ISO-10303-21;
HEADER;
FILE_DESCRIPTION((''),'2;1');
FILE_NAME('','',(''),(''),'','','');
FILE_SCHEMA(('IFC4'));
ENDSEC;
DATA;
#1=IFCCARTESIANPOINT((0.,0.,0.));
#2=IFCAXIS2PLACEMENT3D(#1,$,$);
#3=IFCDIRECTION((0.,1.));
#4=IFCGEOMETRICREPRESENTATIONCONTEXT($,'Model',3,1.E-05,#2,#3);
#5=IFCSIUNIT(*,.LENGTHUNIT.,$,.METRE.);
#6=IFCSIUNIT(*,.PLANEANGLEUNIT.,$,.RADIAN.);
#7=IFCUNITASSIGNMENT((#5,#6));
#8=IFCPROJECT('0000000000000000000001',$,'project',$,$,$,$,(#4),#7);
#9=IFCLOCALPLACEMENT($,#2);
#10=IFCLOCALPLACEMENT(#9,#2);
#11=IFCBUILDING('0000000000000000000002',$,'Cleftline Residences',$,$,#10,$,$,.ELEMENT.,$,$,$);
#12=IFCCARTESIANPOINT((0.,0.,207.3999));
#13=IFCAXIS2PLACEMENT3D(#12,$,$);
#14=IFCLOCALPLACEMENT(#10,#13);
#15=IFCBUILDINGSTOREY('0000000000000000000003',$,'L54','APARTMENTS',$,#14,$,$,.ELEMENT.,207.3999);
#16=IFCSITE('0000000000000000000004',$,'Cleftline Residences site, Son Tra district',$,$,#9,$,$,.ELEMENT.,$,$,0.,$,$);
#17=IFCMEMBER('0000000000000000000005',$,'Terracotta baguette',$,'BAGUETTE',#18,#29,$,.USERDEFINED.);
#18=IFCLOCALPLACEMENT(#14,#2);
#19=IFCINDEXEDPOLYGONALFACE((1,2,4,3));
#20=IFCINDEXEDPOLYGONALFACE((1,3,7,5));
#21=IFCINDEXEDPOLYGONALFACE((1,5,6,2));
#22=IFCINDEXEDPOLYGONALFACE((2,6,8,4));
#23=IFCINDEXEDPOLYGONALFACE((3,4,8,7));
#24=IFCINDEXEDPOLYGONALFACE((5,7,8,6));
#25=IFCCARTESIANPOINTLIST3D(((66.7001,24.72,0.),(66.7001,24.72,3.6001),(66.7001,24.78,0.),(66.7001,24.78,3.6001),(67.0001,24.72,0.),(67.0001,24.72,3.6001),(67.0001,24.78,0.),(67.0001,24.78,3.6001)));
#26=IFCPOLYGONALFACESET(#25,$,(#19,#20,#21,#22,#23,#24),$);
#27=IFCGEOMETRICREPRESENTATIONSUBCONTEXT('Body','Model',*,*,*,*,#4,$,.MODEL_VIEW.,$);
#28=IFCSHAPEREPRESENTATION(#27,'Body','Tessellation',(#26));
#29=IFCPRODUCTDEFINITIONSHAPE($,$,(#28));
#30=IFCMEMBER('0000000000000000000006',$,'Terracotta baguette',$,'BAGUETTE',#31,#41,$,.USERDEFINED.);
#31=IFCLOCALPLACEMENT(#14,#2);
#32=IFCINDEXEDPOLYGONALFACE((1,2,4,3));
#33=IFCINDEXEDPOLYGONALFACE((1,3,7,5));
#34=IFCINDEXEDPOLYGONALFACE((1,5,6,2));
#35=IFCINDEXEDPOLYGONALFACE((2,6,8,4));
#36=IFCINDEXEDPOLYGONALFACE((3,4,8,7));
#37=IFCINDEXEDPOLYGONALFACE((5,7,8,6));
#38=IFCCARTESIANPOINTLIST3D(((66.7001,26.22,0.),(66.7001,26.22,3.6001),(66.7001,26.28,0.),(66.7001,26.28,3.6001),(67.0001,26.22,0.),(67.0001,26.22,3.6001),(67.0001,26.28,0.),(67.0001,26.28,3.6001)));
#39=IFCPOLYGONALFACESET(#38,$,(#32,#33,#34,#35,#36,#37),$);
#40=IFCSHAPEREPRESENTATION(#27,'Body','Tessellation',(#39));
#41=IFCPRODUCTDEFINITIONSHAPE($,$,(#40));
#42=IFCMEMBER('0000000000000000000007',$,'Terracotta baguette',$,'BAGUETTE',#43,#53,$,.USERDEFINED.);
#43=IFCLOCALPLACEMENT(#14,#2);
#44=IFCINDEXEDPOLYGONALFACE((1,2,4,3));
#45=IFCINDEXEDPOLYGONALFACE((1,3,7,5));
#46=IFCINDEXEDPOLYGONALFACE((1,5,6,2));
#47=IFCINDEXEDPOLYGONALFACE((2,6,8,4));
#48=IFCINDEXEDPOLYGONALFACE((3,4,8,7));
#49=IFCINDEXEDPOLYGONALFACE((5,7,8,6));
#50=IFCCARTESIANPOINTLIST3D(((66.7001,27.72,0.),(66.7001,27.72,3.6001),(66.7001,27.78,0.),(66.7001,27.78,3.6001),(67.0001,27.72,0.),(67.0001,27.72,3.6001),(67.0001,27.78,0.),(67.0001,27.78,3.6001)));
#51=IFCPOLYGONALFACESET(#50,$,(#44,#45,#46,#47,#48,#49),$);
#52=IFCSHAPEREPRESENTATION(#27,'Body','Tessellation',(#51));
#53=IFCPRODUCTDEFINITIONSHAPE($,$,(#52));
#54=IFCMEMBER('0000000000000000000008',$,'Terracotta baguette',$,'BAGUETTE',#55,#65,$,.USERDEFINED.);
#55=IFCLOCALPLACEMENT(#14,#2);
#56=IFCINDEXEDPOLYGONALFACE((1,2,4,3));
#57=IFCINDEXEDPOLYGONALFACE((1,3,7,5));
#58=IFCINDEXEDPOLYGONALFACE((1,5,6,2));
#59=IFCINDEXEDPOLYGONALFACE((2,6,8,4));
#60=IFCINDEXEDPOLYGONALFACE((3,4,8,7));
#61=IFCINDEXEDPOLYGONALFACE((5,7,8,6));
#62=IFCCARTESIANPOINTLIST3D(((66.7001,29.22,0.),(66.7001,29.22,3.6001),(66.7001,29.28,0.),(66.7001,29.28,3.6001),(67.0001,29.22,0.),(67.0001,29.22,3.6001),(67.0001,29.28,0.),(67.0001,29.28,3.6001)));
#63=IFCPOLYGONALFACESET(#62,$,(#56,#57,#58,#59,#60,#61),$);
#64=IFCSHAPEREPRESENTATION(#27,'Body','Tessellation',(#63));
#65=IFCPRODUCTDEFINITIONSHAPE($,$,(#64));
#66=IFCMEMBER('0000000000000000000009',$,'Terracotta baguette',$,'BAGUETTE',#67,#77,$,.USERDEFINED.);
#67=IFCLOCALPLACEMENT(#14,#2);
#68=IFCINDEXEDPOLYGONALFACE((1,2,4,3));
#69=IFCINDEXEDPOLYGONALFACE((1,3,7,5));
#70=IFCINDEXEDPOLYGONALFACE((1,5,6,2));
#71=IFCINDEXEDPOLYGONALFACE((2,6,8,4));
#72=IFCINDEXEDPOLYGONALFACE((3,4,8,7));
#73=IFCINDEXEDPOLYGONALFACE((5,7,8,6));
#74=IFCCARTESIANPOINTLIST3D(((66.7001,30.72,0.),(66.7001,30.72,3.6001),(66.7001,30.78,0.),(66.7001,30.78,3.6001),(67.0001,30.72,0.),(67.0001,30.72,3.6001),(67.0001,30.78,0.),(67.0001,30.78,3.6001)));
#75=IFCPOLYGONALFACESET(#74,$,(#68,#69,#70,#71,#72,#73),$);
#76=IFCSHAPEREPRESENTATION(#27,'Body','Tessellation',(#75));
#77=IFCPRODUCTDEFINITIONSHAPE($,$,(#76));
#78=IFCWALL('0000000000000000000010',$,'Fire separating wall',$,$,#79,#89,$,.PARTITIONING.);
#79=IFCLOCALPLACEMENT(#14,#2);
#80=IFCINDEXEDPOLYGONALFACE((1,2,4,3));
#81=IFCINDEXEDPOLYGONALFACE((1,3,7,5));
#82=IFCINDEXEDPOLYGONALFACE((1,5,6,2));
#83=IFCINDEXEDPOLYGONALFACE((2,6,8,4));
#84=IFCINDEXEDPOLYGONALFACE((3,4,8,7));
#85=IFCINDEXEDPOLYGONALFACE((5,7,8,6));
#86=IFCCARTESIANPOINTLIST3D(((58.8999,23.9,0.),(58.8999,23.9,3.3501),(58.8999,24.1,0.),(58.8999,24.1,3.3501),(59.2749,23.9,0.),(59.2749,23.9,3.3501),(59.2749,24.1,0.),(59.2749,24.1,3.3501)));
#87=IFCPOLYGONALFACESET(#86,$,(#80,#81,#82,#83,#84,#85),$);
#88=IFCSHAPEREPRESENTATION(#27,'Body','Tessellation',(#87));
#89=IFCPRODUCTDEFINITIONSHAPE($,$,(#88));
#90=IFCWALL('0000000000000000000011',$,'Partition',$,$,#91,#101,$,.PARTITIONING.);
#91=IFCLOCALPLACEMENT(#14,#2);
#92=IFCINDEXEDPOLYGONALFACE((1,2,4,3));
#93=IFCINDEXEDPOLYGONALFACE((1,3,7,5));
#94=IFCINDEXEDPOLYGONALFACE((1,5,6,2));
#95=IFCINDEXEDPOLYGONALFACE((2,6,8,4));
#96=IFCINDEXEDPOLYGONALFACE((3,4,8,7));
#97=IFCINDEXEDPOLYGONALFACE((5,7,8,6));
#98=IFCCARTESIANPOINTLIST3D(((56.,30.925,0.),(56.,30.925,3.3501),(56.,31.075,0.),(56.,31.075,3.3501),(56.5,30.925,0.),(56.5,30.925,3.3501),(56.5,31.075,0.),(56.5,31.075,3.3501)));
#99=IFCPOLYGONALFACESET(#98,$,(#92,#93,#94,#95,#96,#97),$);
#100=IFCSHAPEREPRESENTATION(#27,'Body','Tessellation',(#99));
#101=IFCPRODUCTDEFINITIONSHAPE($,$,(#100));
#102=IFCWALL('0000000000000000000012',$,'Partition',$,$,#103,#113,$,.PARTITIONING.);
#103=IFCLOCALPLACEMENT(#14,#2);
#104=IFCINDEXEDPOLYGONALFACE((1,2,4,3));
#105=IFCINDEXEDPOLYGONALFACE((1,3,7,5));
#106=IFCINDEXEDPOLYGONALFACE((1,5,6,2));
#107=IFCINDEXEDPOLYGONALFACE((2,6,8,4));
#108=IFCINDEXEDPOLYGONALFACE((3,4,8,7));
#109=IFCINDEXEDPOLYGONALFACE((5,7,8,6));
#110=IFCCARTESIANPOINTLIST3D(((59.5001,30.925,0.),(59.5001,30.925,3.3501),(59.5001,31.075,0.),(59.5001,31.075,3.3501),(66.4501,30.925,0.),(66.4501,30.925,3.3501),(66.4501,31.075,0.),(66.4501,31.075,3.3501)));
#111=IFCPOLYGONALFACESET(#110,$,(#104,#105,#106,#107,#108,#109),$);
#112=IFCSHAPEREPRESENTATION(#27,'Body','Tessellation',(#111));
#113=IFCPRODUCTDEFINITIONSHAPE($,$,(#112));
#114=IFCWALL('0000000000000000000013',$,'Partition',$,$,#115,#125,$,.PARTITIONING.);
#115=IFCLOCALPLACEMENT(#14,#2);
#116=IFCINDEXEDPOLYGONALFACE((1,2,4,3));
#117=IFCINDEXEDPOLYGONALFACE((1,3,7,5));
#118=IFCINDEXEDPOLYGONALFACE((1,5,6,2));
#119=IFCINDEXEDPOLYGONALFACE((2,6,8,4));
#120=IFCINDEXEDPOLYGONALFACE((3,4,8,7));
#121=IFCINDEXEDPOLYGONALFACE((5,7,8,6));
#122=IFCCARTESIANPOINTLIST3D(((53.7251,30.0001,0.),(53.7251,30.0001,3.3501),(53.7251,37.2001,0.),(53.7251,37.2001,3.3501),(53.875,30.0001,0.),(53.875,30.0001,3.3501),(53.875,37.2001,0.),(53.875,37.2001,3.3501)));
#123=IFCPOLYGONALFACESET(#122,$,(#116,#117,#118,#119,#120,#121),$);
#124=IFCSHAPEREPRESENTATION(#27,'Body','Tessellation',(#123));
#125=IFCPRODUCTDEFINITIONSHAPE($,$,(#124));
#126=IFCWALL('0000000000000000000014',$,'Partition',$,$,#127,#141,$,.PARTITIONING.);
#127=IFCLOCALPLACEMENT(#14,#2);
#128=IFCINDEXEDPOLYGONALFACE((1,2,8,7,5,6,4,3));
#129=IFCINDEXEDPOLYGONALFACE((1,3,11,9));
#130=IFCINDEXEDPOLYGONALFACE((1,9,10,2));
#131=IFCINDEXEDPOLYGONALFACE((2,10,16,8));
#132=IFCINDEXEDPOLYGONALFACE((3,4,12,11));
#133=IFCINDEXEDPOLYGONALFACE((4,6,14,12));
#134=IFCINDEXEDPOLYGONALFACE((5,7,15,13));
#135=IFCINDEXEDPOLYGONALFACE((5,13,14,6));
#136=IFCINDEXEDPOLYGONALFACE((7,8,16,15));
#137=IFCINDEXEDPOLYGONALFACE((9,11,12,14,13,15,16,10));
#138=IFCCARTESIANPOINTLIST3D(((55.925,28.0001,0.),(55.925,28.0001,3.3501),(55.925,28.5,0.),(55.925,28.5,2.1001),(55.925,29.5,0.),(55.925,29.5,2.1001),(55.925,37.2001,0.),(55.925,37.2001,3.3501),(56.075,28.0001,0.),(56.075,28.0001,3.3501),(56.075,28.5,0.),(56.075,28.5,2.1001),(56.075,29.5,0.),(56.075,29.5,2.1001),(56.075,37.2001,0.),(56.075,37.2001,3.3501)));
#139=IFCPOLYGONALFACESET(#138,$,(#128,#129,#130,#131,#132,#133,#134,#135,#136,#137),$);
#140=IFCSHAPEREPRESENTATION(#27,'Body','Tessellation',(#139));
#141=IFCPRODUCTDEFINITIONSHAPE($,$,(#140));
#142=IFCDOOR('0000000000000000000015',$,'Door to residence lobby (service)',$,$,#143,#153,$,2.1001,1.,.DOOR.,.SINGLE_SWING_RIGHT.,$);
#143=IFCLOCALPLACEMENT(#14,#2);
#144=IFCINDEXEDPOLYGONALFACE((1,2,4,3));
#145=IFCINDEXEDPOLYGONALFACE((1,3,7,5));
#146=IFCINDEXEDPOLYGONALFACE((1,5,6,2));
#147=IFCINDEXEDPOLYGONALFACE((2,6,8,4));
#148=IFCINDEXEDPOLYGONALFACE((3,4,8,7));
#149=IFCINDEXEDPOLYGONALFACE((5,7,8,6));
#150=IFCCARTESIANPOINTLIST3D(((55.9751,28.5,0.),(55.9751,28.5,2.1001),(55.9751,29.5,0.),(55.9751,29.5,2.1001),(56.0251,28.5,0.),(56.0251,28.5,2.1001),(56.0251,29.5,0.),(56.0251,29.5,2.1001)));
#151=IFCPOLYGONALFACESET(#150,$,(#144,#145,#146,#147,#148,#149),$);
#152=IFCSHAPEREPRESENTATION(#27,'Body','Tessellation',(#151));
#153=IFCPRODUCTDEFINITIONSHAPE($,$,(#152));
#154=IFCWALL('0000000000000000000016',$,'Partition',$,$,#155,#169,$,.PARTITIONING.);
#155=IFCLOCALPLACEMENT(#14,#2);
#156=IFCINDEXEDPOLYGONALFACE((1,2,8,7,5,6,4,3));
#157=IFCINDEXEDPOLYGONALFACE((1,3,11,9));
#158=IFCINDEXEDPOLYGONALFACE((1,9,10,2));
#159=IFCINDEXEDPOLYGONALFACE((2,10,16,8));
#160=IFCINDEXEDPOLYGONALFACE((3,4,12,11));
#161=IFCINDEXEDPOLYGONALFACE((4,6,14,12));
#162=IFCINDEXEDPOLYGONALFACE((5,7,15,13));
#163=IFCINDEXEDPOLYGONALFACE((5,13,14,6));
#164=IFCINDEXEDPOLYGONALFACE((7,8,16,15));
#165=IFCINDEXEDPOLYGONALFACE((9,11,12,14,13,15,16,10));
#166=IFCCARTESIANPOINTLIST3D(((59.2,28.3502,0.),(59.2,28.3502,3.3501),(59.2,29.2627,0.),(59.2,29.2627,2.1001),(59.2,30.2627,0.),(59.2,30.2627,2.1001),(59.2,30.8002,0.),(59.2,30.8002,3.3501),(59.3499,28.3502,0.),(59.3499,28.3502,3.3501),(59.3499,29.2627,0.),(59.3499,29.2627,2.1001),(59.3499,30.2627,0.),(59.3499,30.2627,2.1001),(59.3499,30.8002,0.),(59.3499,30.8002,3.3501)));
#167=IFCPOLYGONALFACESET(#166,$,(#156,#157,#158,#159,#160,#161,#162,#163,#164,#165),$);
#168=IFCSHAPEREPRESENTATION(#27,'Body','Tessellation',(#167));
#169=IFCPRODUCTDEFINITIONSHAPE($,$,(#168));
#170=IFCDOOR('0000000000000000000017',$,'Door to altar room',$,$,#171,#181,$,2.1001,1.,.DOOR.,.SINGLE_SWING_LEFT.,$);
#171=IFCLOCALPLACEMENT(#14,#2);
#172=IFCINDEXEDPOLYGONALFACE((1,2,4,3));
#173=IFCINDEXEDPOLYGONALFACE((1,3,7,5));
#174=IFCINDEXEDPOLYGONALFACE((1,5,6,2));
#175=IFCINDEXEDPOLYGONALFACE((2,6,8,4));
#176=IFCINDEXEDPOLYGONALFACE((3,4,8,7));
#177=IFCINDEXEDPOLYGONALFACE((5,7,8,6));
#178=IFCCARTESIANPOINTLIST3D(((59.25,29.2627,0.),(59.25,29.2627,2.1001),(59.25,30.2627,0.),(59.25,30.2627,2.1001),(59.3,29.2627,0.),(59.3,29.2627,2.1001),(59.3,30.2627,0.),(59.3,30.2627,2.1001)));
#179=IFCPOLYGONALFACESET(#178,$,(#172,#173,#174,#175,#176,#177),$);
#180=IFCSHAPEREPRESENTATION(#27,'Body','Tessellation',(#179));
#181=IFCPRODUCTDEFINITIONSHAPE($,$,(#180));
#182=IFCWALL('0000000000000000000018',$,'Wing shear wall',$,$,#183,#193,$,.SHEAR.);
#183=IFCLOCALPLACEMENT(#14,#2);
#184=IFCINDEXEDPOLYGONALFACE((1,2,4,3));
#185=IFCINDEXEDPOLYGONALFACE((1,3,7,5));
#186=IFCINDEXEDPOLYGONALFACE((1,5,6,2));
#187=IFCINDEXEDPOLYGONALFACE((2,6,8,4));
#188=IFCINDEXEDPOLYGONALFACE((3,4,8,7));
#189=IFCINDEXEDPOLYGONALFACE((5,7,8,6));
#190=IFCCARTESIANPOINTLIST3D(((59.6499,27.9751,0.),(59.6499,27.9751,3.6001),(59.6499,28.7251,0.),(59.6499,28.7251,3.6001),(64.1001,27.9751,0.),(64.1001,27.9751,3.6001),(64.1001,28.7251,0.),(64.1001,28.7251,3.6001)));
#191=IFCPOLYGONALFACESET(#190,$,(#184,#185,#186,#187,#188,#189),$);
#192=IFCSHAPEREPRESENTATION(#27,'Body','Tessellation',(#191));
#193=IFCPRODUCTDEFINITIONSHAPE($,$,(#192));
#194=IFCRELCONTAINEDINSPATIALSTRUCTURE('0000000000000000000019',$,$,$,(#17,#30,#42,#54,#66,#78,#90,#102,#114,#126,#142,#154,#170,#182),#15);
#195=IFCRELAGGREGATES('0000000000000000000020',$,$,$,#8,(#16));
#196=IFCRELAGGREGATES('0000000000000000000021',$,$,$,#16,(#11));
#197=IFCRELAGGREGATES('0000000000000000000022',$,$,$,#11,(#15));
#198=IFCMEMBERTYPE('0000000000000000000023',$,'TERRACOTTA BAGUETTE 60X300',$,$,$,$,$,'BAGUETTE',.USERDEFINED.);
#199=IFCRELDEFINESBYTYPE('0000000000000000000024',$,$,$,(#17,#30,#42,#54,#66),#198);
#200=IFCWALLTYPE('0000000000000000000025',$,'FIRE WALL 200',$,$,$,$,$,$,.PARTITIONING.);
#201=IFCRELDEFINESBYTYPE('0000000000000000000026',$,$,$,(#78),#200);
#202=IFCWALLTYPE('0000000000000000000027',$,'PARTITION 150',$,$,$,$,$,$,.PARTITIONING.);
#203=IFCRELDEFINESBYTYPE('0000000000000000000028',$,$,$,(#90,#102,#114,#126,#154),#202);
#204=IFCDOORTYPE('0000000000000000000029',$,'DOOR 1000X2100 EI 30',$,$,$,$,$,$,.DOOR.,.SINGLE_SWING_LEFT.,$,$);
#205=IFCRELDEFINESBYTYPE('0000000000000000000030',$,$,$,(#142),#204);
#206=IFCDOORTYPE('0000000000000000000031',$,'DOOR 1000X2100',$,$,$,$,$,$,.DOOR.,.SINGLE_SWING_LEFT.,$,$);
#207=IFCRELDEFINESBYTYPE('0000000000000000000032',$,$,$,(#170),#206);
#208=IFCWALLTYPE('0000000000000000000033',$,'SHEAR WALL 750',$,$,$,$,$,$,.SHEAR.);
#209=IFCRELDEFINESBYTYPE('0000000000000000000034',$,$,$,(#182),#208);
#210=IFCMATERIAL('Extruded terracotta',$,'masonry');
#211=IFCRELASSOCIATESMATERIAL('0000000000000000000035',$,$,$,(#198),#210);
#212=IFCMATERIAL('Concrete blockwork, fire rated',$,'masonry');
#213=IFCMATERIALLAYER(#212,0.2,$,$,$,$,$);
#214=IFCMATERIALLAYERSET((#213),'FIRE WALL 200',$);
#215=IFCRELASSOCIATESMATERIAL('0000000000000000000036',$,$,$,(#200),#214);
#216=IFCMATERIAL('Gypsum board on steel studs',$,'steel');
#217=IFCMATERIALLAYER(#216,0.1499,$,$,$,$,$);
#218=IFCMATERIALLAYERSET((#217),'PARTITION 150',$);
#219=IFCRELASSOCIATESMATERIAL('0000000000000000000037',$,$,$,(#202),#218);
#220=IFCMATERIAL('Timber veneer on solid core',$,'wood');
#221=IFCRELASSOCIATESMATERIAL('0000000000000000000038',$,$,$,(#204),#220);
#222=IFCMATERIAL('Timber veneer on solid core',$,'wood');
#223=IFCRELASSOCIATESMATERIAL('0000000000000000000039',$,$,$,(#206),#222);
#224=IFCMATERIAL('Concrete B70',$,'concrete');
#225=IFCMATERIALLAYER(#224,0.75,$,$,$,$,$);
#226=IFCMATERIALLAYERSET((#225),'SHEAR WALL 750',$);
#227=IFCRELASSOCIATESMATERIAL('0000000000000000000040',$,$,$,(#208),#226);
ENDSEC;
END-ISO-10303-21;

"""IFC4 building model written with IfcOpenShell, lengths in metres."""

from ifc_helpers import new_model, si_unit, direction, frame, frame_2d, origin, origin_2d, place, context, subcontext, project, spatial, rectangle, extrude, material, layer, layer_set, material_profile, profile_set, type_object, element, fill, save


model = new_model("IFC4")

# Units and contexts
model_context = context("Model", 3, precision=1e-05, world=origin(), true_north=direction((0.0, 1.0)))
body_context = subcontext(model_context, "Body", "Model", "MODEL_VIEW")
ifc_project = project(units=[si_unit("LENGTHUNIT", "METRE"), si_unit("PLANEANGLEUNIT", "RADIAN")], contexts=[model_context])

# Site, building, storey
site_placement = place(None, origin())
site = spatial("IfcSite", under=ifc_project, at=site_placement, Name="Cleftline Residences site, Son Tra district", CompositionType="ELEMENT", RefElevation=0.0)
building_placement = place(site_placement, origin())
building = spatial("IfcBuilding", under=site, at=building_placement, Name="Cleftline Residences", CompositionType="ELEMENT")
storey_placement = place(building_placement, frame((0.0, 0.0, 207.3999)))
storey = spatial("IfcBuildingStorey", under=building, at=storey_placement, Name="L54", Description="APARTMENTS", CompositionType="ELEMENT", Elevation=207.3999)

# Members
ifc_material_1 = material(Name="Extruded terracotta", Category="masonry")
ifc_material_profile_1 = material_profile(ifc_material_1, rectangle(XDim=0.0601, YDim=0.3, at=origin_2d()))
ifc_profile_set_1 = profile_set([ifc_material_profile_1], Name="Extruded terracotta")
member_type_1 = type_object("IfcMemberType", Name="TERRACOTTA BAGUETTE 60X300", ElementType="BAGUETTE", PredefinedType="USERDEFINED", material=ifc_profile_set_1)
for number, where, z_axis, x_axis, name in (
    (1, (66.8501, 24.75, 0.0), (0.0, 0.0, 1.0), (0.0, 1.0, 0.0), "Terracotta baguette"),
    (2, (66.8501, 26.25, 0.0), (0.0, 0.0, 1.0), (0.0, 1.0, 0.0), "Terracotta baguette"),
    (3, (66.8501, 27.75, 0.0), (0.0, 0.0, 1.0), (0.0, 1.0, 0.0), "Terracotta baguette"),
    (4, (66.8501, 29.25, 0.0), (0.0, 0.0, 1.0), (0.0, 1.0, 0.0), "Terracotta baguette"),
    (5, (66.8501, 30.75, 0.0), (0.0, 0.0, 1.0), (0.0, 1.0, 0.0), "Terracotta baguette"),
):
    element("IfcMember", number, at=place(storey_placement, frame(where, z_axis=z_axis, x_axis=x_axis)), inside=storey, type_object=member_type_1, Name=name, ObjectType="BAGUETTE", PredefinedType="USERDEFINED", context=body_context, shape_type="SweptSolid", body=[
        extrude(rectangle(XDim=0.0601, YDim=0.3, at=origin_2d()), origin(), (0.0, 0.0, 1.0), 3.6001),
    ])

# Walls
ifc_material_2 = material(Name="Concrete blockwork, fire rated", Category="masonry")
ifc_layer_1 = layer(ifc_material_2, 0.2)
ifc_layer_set_1 = layer_set([ifc_layer_1], Name="FIRE WALL 200")
wall_type_1 = type_object("IfcWallType", Name="FIRE WALL 200", PredefinedType="PARTITIONING", material=ifc_layer_set_1)
wall_1_placement = place(storey_placement, frame((58.8999, 24.0, 0.0), z_axis=(0.0, 0.0, 1.0), x_axis=(1.0, 0.0, 0.0)))
element("IfcWall", 6, at=wall_1_placement, inside=storey, type_object=wall_type_1, Name="Fire separating wall", PredefinedType="PARTITIONING", context=body_context, shape_type="SweptSolid", body=[
    extrude(rectangle(XDim=0.375, YDim=0.2, at=frame_2d((0.1875, 0.0))), origin(), (0.0, 0.0, 1.0), 3.3501),
])
ifc_material_3 = material(Name="Gypsum board on steel studs", Category="steel")
ifc_layer_2 = layer(ifc_material_3, 0.1499)
ifc_layer_set_2 = layer_set([ifc_layer_2], Name="PARTITION 150")
wall_type_2 = type_object("IfcWallType", Name="PARTITION 150", PredefinedType="PARTITIONING", material=ifc_layer_set_2)
wall_2_placement = place(storey_placement, frame((56.0, 31.0, 0.0), z_axis=(0.0, 0.0, 1.0), x_axis=(1.0, 0.0, 0.0)))
element("IfcWall", 7, at=wall_2_placement, inside=storey, type_object=wall_type_2, Name="Partition", PredefinedType="PARTITIONING", context=body_context, shape_type="SweptSolid", body=[
    extrude(rectangle(XDim=0.5, YDim=0.1499, at=frame_2d((0.25, 0.0))), origin(), (0.0, 0.0, 1.0), 3.3501),
])
wall_3_placement = place(storey_placement, frame((59.5, 31.0, 0.0), z_axis=(0.0, 0.0, 1.0), x_axis=(1.0, 0.0, 0.0)))
element("IfcWall", 8, at=wall_3_placement, inside=storey, type_object=wall_type_2, Name="Partition", PredefinedType="PARTITIONING", context=body_context, shape_type="SweptSolid", body=[
    extrude(rectangle(XDim=6.95, YDim=0.1499, at=frame_2d((3.4751, 0.0))), origin(), (0.0, 0.0, 1.0), 3.3501),
])
wall_4_placement = place(storey_placement, frame((53.8, 30.0, 0.0), z_axis=(0.0, 0.0, 1.0), x_axis=(0.0, 1.0, 0.0)))
element("IfcWall", 9, at=wall_4_placement, inside=storey, type_object=wall_type_2, Name="Partition", PredefinedType="PARTITIONING", context=body_context, shape_type="SweptSolid", body=[
    extrude(rectangle(XDim=7.2, YDim=0.1499, at=frame_2d((3.6001, 0.0))), origin(), (0.0, 0.0, 1.0), 3.3501),
])

# Walls, openings, doors
wall_5_placement = place(storey_placement, frame((56.0, 28.0, 0.0), z_axis=(0.0, 0.0, 1.0), x_axis=(0.0, 1.0, 0.0)))
wall_5 = element("IfcWall", 10, at=wall_5_placement, inside=storey, type_object=wall_type_2, Name="Partition", PredefinedType="PARTITIONING", context=body_context, shape_type="SweptSolid", body=[
    extrude(rectangle(XDim=9.2, YDim=0.1499, at=frame_2d((4.6001, 0.0))), origin(), (0.0, 0.0, 1.0), 3.3501),
])
opening_1_placement = place(wall_5_placement, frame((0.5, 0.0, 0.0)))
opening_1 = element("IfcOpeningElement", 11, at=opening_1_placement, cuts=wall_5, PredefinedType="OPENING", context=body_context, shape_type="SweptSolid", body=[
    extrude(rectangle(XDim=1.0, YDim=2.1001, at=frame_2d((0.5, 1.05))), frame((0.0, 0.085, 0.0), z_axis=(0.0, -1.0, 0.0), x_axis=(1.0, 0.0, 0.0)), (0.0, 0.0, 1.0), 0.1699),
])
ifc_material_4 = material(Name="Timber veneer on solid core", Category="wood")
door_type_1 = type_object("IfcDoorType", Name="DOOR 1000X2100 EI 30", OperationType="SINGLE_SWING_LEFT", PredefinedType="DOOR", material=ifc_material_4)
door_1_placement = place(opening_1_placement, origin())
door_1 = element("IfcDoor", 12, at=door_1_placement, inside=storey, type_object=door_type_1, Name="Door to residence lobby (service)", OperationType="SINGLE_SWING_RIGHT", OverallHeight=2.1001, OverallWidth=1.0, PredefinedType="DOOR", context=body_context, shape_type="SweptSolid", body=[
    extrude(rectangle(XDim=1.0, YDim=2.1001, at=frame_2d((0.5, 1.05))), frame((0.0, 0.0249, 0.0), z_axis=(0.0, -1.0, 0.0), x_axis=(1.0, 0.0, 0.0)), (0.0, 0.0, 1.0), 0.05),
])
fill(opening_1, door_1)
wall_6_placement = place(storey_placement, frame((59.2749, 28.3501, 0.0), z_axis=(0.0, 0.0, 1.0), x_axis=(0.0, 1.0, 0.0)))
wall_6 = element("IfcWall", 13, at=wall_6_placement, inside=storey, type_object=wall_type_2, Name="Partition", PredefinedType="PARTITIONING", context=body_context, shape_type="SweptSolid", body=[
    extrude(rectangle(XDim=2.45, YDim=0.1499, at=frame_2d((1.2251, 0.0))), origin(), (0.0, 0.0, 1.0), 3.3501),
])
opening_2_placement = place(wall_6_placement, frame((0.9126, 0.0, 0.0)))
opening_2 = element("IfcOpeningElement", 14, at=opening_2_placement, cuts=wall_6, PredefinedType="OPENING", context=body_context, shape_type="SweptSolid", body=[
    extrude(rectangle(XDim=1.0, YDim=2.1001, at=frame_2d((0.5, 1.05))), frame((0.0, 0.085, 0.0), z_axis=(0.0, -1.0, 0.0), x_axis=(1.0, 0.0, 0.0)), (0.0, 0.0, 1.0), 0.1699),
])
ifc_material_5 = material(Name="Timber veneer on solid core", Category="wood")
door_type_2 = type_object("IfcDoorType", Name="DOOR 1000X2100", OperationType="SINGLE_SWING_LEFT", PredefinedType="DOOR", material=ifc_material_5)
door_2_placement = place(opening_2_placement, origin())
door_2 = element("IfcDoor", 15, at=door_2_placement, inside=storey, type_object=door_type_2, Name="Door to altar room", OperationType="SINGLE_SWING_LEFT", OverallHeight=2.1001, OverallWidth=1.0, PredefinedType="DOOR", context=body_context, shape_type="SweptSolid", body=[
    extrude(rectangle(XDim=1.0, YDim=2.1001, at=frame_2d((0.5, 1.05))), frame((0.0, 0.0249, 0.0), z_axis=(0.0, -1.0, 0.0), x_axis=(1.0, 0.0, 0.0)), (0.0, 0.0, 1.0), 0.05),
])
fill(opening_2, door_2)

# Wall
ifc_material_6 = material(Name="Concrete B70", Category="concrete")
ifc_layer_3 = layer(ifc_material_6, 0.75)
ifc_layer_set_3 = layer_set([ifc_layer_3], Name="SHEAR WALL 750")
wall_type_3 = type_object("IfcWallType", Name="SHEAR WALL 750", PredefinedType="SHEAR", material=ifc_layer_set_3)
wall_7_placement = place(storey_placement, frame((64.1001, 28.3501, 0.0), z_axis=(0.0, 0.0, 1.0), x_axis=(-1.0, 0.0, 0.0)))
element("IfcWall", 16, at=wall_7_placement, inside=storey, type_object=wall_type_3, Name="Wing shear wall", PredefinedType="SHEAR", context=body_context, shape_type="SweptSolid", body=[
    extrude(rectangle(XDim=4.4502, YDim=0.75, at=frame_2d((2.2251, 0.0))), origin(), (0.0, 0.0, 1.0), 3.6001),
])

save(model, "model.ifc")
